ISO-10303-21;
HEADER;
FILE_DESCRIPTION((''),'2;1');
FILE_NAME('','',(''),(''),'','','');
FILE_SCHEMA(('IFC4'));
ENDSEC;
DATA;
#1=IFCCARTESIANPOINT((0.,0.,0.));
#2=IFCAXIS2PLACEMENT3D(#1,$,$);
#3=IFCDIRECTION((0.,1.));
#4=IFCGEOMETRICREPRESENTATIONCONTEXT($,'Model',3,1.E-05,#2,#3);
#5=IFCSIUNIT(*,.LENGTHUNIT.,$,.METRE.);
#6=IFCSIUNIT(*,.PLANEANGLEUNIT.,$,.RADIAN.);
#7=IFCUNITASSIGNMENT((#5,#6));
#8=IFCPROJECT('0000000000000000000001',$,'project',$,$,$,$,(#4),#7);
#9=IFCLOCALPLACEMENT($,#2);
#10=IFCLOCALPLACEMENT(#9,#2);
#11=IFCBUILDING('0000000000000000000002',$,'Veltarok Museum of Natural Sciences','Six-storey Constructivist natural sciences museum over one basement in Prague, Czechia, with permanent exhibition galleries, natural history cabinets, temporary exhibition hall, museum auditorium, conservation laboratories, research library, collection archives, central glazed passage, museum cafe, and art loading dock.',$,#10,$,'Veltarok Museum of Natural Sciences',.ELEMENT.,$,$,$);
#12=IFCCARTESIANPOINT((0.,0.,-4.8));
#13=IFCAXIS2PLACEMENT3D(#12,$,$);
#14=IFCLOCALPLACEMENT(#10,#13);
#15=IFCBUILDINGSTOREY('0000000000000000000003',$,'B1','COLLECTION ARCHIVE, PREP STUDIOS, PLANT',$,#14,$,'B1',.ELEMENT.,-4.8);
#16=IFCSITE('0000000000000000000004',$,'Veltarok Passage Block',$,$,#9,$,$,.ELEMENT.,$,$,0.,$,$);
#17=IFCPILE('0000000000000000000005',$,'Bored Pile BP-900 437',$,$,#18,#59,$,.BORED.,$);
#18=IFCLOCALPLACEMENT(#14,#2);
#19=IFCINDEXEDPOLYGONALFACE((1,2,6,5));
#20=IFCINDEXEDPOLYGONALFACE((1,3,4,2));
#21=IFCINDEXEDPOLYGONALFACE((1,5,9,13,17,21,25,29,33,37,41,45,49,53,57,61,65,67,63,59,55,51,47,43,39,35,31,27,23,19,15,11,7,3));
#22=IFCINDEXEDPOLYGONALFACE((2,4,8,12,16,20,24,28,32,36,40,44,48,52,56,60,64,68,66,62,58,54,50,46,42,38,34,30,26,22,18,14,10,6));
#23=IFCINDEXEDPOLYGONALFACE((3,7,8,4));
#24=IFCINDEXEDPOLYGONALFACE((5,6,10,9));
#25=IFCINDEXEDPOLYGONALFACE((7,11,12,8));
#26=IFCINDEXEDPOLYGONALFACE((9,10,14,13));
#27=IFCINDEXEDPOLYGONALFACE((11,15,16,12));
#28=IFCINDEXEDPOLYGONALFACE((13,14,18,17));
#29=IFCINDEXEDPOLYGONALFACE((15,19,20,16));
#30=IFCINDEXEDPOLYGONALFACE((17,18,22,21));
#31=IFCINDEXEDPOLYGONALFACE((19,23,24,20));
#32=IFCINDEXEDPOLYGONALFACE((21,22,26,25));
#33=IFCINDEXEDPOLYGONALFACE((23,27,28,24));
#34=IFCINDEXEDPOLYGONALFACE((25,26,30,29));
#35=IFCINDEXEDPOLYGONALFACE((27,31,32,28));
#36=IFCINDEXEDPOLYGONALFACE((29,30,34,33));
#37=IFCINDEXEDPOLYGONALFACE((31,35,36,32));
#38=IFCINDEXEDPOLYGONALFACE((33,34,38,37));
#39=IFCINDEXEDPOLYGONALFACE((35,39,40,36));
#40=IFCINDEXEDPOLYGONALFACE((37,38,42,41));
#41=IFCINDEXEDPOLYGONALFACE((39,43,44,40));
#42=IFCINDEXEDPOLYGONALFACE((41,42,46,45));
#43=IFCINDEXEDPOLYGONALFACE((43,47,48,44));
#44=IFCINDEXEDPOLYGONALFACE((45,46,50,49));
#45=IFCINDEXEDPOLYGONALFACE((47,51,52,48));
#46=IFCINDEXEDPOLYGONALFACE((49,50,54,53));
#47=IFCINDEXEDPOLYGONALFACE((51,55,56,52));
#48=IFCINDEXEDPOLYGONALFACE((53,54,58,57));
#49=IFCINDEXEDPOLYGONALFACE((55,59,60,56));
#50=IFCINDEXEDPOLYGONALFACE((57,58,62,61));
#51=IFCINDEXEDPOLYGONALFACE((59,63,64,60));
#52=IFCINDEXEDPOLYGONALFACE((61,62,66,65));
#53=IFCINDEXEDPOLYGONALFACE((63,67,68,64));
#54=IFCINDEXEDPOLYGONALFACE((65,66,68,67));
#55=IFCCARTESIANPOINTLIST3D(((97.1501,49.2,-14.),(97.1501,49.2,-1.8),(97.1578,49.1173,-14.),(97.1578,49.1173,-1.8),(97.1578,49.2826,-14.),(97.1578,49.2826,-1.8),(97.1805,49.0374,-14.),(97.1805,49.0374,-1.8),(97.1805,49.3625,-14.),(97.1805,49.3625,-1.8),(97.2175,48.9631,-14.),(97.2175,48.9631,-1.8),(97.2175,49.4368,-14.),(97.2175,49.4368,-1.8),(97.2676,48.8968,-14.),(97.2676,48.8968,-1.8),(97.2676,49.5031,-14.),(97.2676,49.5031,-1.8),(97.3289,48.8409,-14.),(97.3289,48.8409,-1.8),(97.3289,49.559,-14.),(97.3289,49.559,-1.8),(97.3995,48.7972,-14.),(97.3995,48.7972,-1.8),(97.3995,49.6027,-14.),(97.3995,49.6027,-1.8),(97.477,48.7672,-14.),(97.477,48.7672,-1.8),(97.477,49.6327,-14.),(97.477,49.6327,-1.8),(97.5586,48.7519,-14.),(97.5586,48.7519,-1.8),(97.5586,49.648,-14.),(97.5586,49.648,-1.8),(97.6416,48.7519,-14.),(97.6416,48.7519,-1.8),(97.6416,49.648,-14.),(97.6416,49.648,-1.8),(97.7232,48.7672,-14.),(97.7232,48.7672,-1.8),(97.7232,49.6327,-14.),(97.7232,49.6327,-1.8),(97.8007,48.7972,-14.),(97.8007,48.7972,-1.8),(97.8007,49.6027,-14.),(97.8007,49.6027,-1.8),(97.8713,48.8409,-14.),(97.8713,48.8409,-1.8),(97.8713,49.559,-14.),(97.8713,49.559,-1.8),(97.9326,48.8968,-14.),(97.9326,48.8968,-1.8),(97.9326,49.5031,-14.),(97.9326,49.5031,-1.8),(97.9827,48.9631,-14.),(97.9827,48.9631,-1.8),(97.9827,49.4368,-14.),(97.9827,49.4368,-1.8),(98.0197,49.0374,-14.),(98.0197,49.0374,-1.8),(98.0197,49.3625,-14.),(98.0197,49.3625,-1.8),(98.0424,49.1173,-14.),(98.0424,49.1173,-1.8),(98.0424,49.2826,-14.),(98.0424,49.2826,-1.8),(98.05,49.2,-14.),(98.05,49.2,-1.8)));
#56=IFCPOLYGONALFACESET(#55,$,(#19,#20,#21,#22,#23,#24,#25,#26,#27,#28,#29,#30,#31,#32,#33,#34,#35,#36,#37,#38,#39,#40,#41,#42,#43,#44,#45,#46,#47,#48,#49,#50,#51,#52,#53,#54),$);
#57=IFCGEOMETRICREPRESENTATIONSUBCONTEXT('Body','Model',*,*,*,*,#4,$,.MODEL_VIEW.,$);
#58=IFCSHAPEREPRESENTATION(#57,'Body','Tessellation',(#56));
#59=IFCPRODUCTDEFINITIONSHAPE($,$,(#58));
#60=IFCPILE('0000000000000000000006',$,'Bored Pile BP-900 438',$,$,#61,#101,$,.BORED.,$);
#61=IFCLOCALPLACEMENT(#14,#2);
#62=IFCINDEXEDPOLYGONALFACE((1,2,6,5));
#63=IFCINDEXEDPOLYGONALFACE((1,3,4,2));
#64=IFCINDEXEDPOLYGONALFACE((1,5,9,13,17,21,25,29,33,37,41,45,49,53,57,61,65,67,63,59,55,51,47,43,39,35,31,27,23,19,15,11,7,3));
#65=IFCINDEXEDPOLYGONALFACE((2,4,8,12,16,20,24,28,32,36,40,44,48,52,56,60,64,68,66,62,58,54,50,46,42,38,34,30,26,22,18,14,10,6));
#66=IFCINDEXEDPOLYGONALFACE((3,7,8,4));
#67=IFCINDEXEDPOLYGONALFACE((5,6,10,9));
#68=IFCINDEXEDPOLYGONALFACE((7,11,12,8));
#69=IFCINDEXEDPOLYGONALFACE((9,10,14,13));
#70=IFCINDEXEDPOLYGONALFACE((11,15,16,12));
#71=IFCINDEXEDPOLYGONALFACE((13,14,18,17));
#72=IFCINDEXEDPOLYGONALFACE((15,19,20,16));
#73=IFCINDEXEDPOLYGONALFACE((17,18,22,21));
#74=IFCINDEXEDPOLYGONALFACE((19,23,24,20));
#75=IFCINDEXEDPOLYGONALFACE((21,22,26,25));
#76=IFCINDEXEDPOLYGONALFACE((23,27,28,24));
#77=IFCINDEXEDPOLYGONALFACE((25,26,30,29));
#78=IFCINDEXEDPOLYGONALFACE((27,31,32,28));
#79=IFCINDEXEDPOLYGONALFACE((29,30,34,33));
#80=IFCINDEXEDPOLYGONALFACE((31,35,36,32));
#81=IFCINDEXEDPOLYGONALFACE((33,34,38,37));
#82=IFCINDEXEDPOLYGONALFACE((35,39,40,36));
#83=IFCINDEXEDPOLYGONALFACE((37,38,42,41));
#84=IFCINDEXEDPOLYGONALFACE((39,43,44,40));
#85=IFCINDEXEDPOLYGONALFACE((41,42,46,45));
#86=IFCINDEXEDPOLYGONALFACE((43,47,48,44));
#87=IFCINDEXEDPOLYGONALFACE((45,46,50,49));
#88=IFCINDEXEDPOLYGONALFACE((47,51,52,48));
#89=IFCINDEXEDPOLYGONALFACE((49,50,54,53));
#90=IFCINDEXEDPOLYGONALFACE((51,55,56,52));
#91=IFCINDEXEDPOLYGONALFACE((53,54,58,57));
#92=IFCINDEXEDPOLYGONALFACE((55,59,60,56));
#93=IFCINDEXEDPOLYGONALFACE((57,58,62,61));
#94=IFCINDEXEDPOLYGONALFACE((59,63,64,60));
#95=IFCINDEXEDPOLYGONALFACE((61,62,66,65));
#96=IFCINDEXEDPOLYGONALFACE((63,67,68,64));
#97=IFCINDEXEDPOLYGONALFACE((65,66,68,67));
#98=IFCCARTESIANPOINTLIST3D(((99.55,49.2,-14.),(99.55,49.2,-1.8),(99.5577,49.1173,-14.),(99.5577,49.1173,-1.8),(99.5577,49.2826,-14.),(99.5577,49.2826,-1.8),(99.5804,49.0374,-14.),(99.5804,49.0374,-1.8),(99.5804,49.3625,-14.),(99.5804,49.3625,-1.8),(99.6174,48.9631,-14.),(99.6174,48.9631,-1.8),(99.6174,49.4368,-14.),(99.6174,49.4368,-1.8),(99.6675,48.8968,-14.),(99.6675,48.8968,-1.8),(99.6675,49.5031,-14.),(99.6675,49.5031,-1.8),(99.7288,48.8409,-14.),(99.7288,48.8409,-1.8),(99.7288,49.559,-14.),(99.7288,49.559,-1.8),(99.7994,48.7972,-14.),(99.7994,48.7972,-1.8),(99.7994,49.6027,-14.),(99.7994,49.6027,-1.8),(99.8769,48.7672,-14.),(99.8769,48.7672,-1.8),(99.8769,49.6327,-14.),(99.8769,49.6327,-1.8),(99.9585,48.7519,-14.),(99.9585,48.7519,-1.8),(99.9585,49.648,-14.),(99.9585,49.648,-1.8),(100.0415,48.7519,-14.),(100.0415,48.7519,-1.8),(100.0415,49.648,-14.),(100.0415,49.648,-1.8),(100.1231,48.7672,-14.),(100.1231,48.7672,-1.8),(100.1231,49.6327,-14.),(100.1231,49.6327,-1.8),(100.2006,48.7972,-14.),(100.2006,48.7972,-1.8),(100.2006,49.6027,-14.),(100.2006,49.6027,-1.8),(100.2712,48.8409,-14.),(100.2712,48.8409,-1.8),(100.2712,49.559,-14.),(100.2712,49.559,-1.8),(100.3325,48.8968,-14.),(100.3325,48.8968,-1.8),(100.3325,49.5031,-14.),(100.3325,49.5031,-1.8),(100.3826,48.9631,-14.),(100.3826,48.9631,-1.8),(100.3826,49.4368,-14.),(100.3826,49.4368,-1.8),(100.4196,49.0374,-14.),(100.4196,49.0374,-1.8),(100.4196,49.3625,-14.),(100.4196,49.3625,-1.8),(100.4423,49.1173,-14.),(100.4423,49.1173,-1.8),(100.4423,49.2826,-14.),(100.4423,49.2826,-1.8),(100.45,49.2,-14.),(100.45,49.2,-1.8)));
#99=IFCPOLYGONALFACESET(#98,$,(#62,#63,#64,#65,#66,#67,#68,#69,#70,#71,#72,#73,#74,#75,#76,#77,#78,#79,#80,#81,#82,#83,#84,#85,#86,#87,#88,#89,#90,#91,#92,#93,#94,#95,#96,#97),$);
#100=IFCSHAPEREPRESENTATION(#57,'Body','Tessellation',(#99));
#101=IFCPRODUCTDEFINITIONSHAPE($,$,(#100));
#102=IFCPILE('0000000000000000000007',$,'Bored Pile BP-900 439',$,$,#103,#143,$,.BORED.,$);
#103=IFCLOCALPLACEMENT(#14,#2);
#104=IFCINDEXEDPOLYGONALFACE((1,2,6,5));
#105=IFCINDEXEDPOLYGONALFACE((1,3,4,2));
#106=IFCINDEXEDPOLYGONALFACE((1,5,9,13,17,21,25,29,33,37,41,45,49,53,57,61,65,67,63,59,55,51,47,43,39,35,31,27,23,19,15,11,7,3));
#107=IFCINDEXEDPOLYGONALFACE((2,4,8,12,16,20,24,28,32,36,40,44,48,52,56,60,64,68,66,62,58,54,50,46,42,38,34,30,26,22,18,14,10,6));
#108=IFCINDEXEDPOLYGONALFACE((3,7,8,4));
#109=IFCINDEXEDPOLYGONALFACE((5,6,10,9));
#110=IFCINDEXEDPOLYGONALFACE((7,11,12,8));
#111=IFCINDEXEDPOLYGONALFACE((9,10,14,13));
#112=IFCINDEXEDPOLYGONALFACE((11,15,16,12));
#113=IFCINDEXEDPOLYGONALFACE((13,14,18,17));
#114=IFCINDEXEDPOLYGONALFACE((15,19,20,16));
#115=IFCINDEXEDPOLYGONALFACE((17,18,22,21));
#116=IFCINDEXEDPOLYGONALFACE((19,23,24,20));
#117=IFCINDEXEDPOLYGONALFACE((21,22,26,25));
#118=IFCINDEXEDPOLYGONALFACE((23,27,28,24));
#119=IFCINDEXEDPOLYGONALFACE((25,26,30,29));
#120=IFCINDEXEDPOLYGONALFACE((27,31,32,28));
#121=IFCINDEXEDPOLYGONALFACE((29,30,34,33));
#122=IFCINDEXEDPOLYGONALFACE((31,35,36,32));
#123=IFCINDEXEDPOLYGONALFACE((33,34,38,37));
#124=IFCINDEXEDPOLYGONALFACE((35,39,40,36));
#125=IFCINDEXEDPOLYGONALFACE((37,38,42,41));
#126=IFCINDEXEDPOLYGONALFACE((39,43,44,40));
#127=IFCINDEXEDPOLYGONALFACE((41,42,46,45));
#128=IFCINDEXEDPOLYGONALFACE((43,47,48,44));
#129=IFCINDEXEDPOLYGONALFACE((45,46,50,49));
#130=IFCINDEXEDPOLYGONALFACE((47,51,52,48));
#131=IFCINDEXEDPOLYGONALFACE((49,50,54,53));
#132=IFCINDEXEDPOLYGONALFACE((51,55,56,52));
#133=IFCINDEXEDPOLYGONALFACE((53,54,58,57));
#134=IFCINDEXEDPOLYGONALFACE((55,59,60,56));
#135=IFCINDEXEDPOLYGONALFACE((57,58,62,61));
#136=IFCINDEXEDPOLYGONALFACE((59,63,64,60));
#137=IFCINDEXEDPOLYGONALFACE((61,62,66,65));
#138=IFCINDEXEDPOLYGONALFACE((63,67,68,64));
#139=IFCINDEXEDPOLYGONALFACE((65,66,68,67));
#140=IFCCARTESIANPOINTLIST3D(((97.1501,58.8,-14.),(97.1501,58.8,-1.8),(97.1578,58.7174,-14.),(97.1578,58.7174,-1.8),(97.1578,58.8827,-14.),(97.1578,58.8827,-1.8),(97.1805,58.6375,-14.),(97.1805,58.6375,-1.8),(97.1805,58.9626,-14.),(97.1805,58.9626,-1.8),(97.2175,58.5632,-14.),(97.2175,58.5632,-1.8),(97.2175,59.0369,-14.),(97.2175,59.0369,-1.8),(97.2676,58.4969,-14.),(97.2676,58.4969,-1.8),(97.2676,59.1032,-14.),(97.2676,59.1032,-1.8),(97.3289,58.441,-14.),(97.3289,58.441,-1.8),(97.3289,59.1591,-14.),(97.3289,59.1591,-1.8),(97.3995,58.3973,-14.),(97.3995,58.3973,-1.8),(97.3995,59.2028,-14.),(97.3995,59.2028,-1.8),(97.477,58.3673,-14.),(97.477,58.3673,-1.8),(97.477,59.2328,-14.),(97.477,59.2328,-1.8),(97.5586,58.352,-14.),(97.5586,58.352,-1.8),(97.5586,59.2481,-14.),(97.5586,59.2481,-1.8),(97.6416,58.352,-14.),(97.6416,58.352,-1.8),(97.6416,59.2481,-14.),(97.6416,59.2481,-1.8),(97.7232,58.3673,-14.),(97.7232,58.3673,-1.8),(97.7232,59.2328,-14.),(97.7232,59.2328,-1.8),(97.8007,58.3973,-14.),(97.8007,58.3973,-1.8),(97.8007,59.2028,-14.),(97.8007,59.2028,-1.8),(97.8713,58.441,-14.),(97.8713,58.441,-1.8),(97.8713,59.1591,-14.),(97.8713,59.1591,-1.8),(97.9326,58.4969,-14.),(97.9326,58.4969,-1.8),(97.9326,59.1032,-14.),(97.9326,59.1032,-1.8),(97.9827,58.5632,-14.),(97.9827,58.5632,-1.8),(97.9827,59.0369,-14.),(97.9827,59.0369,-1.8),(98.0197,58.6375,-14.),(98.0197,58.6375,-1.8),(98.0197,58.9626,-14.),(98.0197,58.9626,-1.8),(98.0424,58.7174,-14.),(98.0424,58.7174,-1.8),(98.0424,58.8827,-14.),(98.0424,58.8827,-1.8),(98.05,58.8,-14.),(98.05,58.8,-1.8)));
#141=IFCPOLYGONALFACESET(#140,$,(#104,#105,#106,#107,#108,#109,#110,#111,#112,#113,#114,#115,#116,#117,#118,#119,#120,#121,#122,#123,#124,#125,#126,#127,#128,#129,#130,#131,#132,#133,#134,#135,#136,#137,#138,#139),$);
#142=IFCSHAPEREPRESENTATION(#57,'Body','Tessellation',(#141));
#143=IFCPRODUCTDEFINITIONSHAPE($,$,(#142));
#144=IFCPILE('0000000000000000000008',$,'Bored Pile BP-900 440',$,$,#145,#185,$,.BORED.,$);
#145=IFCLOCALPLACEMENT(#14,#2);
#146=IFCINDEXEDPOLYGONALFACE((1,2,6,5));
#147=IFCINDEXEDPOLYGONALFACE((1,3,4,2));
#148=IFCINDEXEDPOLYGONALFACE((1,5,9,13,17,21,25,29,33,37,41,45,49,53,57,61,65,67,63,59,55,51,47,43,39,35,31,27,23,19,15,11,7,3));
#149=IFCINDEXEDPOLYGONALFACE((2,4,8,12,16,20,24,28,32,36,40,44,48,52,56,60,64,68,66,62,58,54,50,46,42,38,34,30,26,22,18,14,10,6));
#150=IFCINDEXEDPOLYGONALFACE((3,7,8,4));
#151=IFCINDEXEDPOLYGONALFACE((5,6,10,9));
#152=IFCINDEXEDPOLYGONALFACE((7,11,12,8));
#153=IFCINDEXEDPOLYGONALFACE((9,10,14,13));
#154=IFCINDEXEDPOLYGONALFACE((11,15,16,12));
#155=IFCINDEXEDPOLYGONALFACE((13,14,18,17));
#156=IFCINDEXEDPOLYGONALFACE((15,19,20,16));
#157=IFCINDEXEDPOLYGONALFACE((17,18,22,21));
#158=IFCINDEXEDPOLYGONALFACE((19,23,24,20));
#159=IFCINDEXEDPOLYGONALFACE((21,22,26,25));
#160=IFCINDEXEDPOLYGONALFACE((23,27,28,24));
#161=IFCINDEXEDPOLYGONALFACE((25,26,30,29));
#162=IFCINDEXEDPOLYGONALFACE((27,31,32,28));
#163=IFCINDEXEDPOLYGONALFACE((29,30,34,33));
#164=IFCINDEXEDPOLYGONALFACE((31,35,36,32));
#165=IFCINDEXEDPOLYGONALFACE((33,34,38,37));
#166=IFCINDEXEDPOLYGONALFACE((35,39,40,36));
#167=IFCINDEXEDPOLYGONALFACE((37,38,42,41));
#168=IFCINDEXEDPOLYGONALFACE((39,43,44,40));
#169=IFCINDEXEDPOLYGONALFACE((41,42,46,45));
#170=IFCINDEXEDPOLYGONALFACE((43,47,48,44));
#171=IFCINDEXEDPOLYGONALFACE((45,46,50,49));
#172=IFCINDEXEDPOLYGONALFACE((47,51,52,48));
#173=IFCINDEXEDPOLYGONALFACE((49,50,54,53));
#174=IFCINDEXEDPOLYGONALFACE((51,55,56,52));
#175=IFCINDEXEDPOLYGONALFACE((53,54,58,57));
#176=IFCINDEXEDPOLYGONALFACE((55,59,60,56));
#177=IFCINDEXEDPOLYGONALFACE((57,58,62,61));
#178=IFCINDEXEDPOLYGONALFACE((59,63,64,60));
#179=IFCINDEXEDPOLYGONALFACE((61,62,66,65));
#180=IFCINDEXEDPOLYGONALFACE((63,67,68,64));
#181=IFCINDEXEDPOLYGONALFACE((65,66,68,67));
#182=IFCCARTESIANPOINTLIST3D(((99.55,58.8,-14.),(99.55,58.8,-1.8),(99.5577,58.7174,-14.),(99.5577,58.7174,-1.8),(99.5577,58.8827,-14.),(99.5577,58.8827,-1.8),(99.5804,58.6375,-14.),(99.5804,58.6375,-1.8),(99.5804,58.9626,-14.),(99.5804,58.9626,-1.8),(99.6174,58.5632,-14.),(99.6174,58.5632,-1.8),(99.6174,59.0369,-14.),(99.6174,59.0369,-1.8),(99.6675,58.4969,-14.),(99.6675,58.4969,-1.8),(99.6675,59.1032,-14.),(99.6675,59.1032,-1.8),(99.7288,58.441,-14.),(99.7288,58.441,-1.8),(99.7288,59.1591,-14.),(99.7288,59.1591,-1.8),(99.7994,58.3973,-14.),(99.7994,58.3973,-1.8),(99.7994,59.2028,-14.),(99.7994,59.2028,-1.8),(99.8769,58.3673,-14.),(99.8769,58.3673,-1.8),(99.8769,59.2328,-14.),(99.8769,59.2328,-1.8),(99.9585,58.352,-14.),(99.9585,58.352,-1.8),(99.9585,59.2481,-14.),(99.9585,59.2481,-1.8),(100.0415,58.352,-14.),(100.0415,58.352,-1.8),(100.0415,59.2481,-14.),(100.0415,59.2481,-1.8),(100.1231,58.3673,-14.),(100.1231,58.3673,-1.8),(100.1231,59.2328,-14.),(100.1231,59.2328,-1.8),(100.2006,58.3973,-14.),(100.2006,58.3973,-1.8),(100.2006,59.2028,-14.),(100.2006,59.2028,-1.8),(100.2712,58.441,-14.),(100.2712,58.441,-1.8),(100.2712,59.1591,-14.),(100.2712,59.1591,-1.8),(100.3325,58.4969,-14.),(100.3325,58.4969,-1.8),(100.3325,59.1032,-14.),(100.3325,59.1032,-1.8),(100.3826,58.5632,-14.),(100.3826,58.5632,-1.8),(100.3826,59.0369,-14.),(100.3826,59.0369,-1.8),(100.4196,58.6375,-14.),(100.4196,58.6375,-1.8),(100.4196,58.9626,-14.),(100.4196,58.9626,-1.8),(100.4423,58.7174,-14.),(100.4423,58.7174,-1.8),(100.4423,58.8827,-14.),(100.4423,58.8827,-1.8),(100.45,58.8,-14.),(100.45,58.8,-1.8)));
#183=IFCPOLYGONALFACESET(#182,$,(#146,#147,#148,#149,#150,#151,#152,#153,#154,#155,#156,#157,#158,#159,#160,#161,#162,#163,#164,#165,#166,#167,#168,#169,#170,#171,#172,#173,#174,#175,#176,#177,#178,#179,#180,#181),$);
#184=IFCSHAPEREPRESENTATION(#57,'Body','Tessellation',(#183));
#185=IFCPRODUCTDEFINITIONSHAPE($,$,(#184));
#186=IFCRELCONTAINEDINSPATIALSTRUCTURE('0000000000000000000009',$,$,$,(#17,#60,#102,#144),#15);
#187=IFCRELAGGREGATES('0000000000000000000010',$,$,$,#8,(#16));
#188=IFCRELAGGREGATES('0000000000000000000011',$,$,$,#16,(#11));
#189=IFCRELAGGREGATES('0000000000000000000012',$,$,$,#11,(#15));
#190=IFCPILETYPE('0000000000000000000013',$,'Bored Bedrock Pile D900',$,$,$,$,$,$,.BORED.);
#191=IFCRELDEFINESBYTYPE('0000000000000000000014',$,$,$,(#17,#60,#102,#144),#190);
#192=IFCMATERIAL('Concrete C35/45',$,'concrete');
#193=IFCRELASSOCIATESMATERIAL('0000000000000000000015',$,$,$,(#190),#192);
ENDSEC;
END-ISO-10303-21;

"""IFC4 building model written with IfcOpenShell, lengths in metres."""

from ifc_helpers import new_model, si_unit, direction, frame, origin, origin_2d, place, context, subcontext, project, spatial, circle, extrude, material, material_profile, profile_set, type_object, element, save


model = new_model("IFC4")

# Units and contexts
model_context = context("Model", 3, precision=1e-05, world=origin(), true_north=direction((0.0, 1.0)))
body_context = subcontext(model_context, "Body", "Model", "MODEL_VIEW")
ifc_project = project(units=[si_unit("LENGTHUNIT", "METRE"), si_unit("PLANEANGLEUNIT", "RADIAN")], contexts=[model_context])

# Site, building, storey
site_placement = place(None, origin())
site = spatial("IfcSite", under=ifc_project, at=site_placement, Name="Veltarok Passage Block", CompositionType="ELEMENT", RefElevation=0.0)
building_placement = place(site_placement, origin())
building = spatial("IfcBuilding", under=site, at=building_placement, Name="Veltarok Museum of Natural Sciences", Description="Six-storey Constructivist natural sciences museum over one basement in Prague, Czechia, with permanent exhibition galleries, natural history cabinets, temporary exhibition hall, museum auditorium, conservation laboratories, research library, collection archives, central glazed passage, museum cafe, and art loading dock.", LongName="Veltarok Museum of Natural Sciences", CompositionType="ELEMENT")
storey_placement = place(building_placement, frame((0.0, 0.0, -4.8)))
storey = spatial("IfcBuildingStorey", under=building, at=storey_placement, Name="B1", Description="COLLECTION ARCHIVE, PREP STUDIOS, PLANT", LongName="B1", CompositionType="ELEMENT", Elevation=-4.8)

# Piles
ifc_material_1 = material(Name="Concrete C35/45", Category="concrete")
ifc_material_profile_1 = material_profile(ifc_material_1, circle(Radius=0.45, at=origin_2d()), Name="BP D900")
ifc_profile_set_1 = profile_set([ifc_material_profile_1], Name="Concrete C35/45")
pile_type = type_object("IfcPileType", Name="Bored Bedrock Pile D900", PredefinedType="BORED", material=ifc_profile_set_1)
for number, where, z_axis, x_axis, name in (
    (1, (97.6001, 49.2, -1.8), (0.0, 0.0, -1.0), (1.0, 0.0, 0.0), "Bored Pile BP-900 437"),
    (2, (100.0, 49.2, -1.8), (0.0, 0.0, -1.0), (1.0, 0.0, 0.0), "Bored Pile BP-900 438"),
    (3, (97.6001, 58.8, -1.8), (0.0, 0.0, -1.0), (1.0, 0.0, 0.0), "Bored Pile BP-900 439"),
    (4, (100.0, 58.8, -1.8), (0.0, 0.0, -1.0), (1.0, 0.0, 0.0), "Bored Pile BP-900 440"),
):
    element("IfcPile", number, at=place(storey_placement, frame(where, z_axis=z_axis, x_axis=x_axis)), inside=storey, type_object=pile_type, Name=name, PredefinedType="BORED", context=body_context, shape_type="SweptSolid", body=[
        extrude(circle(Radius=0.45, at=origin_2d()), origin(), (0.0, 0.0, 1.0), 12.2),
    ])

save(model, "model.ifc")
